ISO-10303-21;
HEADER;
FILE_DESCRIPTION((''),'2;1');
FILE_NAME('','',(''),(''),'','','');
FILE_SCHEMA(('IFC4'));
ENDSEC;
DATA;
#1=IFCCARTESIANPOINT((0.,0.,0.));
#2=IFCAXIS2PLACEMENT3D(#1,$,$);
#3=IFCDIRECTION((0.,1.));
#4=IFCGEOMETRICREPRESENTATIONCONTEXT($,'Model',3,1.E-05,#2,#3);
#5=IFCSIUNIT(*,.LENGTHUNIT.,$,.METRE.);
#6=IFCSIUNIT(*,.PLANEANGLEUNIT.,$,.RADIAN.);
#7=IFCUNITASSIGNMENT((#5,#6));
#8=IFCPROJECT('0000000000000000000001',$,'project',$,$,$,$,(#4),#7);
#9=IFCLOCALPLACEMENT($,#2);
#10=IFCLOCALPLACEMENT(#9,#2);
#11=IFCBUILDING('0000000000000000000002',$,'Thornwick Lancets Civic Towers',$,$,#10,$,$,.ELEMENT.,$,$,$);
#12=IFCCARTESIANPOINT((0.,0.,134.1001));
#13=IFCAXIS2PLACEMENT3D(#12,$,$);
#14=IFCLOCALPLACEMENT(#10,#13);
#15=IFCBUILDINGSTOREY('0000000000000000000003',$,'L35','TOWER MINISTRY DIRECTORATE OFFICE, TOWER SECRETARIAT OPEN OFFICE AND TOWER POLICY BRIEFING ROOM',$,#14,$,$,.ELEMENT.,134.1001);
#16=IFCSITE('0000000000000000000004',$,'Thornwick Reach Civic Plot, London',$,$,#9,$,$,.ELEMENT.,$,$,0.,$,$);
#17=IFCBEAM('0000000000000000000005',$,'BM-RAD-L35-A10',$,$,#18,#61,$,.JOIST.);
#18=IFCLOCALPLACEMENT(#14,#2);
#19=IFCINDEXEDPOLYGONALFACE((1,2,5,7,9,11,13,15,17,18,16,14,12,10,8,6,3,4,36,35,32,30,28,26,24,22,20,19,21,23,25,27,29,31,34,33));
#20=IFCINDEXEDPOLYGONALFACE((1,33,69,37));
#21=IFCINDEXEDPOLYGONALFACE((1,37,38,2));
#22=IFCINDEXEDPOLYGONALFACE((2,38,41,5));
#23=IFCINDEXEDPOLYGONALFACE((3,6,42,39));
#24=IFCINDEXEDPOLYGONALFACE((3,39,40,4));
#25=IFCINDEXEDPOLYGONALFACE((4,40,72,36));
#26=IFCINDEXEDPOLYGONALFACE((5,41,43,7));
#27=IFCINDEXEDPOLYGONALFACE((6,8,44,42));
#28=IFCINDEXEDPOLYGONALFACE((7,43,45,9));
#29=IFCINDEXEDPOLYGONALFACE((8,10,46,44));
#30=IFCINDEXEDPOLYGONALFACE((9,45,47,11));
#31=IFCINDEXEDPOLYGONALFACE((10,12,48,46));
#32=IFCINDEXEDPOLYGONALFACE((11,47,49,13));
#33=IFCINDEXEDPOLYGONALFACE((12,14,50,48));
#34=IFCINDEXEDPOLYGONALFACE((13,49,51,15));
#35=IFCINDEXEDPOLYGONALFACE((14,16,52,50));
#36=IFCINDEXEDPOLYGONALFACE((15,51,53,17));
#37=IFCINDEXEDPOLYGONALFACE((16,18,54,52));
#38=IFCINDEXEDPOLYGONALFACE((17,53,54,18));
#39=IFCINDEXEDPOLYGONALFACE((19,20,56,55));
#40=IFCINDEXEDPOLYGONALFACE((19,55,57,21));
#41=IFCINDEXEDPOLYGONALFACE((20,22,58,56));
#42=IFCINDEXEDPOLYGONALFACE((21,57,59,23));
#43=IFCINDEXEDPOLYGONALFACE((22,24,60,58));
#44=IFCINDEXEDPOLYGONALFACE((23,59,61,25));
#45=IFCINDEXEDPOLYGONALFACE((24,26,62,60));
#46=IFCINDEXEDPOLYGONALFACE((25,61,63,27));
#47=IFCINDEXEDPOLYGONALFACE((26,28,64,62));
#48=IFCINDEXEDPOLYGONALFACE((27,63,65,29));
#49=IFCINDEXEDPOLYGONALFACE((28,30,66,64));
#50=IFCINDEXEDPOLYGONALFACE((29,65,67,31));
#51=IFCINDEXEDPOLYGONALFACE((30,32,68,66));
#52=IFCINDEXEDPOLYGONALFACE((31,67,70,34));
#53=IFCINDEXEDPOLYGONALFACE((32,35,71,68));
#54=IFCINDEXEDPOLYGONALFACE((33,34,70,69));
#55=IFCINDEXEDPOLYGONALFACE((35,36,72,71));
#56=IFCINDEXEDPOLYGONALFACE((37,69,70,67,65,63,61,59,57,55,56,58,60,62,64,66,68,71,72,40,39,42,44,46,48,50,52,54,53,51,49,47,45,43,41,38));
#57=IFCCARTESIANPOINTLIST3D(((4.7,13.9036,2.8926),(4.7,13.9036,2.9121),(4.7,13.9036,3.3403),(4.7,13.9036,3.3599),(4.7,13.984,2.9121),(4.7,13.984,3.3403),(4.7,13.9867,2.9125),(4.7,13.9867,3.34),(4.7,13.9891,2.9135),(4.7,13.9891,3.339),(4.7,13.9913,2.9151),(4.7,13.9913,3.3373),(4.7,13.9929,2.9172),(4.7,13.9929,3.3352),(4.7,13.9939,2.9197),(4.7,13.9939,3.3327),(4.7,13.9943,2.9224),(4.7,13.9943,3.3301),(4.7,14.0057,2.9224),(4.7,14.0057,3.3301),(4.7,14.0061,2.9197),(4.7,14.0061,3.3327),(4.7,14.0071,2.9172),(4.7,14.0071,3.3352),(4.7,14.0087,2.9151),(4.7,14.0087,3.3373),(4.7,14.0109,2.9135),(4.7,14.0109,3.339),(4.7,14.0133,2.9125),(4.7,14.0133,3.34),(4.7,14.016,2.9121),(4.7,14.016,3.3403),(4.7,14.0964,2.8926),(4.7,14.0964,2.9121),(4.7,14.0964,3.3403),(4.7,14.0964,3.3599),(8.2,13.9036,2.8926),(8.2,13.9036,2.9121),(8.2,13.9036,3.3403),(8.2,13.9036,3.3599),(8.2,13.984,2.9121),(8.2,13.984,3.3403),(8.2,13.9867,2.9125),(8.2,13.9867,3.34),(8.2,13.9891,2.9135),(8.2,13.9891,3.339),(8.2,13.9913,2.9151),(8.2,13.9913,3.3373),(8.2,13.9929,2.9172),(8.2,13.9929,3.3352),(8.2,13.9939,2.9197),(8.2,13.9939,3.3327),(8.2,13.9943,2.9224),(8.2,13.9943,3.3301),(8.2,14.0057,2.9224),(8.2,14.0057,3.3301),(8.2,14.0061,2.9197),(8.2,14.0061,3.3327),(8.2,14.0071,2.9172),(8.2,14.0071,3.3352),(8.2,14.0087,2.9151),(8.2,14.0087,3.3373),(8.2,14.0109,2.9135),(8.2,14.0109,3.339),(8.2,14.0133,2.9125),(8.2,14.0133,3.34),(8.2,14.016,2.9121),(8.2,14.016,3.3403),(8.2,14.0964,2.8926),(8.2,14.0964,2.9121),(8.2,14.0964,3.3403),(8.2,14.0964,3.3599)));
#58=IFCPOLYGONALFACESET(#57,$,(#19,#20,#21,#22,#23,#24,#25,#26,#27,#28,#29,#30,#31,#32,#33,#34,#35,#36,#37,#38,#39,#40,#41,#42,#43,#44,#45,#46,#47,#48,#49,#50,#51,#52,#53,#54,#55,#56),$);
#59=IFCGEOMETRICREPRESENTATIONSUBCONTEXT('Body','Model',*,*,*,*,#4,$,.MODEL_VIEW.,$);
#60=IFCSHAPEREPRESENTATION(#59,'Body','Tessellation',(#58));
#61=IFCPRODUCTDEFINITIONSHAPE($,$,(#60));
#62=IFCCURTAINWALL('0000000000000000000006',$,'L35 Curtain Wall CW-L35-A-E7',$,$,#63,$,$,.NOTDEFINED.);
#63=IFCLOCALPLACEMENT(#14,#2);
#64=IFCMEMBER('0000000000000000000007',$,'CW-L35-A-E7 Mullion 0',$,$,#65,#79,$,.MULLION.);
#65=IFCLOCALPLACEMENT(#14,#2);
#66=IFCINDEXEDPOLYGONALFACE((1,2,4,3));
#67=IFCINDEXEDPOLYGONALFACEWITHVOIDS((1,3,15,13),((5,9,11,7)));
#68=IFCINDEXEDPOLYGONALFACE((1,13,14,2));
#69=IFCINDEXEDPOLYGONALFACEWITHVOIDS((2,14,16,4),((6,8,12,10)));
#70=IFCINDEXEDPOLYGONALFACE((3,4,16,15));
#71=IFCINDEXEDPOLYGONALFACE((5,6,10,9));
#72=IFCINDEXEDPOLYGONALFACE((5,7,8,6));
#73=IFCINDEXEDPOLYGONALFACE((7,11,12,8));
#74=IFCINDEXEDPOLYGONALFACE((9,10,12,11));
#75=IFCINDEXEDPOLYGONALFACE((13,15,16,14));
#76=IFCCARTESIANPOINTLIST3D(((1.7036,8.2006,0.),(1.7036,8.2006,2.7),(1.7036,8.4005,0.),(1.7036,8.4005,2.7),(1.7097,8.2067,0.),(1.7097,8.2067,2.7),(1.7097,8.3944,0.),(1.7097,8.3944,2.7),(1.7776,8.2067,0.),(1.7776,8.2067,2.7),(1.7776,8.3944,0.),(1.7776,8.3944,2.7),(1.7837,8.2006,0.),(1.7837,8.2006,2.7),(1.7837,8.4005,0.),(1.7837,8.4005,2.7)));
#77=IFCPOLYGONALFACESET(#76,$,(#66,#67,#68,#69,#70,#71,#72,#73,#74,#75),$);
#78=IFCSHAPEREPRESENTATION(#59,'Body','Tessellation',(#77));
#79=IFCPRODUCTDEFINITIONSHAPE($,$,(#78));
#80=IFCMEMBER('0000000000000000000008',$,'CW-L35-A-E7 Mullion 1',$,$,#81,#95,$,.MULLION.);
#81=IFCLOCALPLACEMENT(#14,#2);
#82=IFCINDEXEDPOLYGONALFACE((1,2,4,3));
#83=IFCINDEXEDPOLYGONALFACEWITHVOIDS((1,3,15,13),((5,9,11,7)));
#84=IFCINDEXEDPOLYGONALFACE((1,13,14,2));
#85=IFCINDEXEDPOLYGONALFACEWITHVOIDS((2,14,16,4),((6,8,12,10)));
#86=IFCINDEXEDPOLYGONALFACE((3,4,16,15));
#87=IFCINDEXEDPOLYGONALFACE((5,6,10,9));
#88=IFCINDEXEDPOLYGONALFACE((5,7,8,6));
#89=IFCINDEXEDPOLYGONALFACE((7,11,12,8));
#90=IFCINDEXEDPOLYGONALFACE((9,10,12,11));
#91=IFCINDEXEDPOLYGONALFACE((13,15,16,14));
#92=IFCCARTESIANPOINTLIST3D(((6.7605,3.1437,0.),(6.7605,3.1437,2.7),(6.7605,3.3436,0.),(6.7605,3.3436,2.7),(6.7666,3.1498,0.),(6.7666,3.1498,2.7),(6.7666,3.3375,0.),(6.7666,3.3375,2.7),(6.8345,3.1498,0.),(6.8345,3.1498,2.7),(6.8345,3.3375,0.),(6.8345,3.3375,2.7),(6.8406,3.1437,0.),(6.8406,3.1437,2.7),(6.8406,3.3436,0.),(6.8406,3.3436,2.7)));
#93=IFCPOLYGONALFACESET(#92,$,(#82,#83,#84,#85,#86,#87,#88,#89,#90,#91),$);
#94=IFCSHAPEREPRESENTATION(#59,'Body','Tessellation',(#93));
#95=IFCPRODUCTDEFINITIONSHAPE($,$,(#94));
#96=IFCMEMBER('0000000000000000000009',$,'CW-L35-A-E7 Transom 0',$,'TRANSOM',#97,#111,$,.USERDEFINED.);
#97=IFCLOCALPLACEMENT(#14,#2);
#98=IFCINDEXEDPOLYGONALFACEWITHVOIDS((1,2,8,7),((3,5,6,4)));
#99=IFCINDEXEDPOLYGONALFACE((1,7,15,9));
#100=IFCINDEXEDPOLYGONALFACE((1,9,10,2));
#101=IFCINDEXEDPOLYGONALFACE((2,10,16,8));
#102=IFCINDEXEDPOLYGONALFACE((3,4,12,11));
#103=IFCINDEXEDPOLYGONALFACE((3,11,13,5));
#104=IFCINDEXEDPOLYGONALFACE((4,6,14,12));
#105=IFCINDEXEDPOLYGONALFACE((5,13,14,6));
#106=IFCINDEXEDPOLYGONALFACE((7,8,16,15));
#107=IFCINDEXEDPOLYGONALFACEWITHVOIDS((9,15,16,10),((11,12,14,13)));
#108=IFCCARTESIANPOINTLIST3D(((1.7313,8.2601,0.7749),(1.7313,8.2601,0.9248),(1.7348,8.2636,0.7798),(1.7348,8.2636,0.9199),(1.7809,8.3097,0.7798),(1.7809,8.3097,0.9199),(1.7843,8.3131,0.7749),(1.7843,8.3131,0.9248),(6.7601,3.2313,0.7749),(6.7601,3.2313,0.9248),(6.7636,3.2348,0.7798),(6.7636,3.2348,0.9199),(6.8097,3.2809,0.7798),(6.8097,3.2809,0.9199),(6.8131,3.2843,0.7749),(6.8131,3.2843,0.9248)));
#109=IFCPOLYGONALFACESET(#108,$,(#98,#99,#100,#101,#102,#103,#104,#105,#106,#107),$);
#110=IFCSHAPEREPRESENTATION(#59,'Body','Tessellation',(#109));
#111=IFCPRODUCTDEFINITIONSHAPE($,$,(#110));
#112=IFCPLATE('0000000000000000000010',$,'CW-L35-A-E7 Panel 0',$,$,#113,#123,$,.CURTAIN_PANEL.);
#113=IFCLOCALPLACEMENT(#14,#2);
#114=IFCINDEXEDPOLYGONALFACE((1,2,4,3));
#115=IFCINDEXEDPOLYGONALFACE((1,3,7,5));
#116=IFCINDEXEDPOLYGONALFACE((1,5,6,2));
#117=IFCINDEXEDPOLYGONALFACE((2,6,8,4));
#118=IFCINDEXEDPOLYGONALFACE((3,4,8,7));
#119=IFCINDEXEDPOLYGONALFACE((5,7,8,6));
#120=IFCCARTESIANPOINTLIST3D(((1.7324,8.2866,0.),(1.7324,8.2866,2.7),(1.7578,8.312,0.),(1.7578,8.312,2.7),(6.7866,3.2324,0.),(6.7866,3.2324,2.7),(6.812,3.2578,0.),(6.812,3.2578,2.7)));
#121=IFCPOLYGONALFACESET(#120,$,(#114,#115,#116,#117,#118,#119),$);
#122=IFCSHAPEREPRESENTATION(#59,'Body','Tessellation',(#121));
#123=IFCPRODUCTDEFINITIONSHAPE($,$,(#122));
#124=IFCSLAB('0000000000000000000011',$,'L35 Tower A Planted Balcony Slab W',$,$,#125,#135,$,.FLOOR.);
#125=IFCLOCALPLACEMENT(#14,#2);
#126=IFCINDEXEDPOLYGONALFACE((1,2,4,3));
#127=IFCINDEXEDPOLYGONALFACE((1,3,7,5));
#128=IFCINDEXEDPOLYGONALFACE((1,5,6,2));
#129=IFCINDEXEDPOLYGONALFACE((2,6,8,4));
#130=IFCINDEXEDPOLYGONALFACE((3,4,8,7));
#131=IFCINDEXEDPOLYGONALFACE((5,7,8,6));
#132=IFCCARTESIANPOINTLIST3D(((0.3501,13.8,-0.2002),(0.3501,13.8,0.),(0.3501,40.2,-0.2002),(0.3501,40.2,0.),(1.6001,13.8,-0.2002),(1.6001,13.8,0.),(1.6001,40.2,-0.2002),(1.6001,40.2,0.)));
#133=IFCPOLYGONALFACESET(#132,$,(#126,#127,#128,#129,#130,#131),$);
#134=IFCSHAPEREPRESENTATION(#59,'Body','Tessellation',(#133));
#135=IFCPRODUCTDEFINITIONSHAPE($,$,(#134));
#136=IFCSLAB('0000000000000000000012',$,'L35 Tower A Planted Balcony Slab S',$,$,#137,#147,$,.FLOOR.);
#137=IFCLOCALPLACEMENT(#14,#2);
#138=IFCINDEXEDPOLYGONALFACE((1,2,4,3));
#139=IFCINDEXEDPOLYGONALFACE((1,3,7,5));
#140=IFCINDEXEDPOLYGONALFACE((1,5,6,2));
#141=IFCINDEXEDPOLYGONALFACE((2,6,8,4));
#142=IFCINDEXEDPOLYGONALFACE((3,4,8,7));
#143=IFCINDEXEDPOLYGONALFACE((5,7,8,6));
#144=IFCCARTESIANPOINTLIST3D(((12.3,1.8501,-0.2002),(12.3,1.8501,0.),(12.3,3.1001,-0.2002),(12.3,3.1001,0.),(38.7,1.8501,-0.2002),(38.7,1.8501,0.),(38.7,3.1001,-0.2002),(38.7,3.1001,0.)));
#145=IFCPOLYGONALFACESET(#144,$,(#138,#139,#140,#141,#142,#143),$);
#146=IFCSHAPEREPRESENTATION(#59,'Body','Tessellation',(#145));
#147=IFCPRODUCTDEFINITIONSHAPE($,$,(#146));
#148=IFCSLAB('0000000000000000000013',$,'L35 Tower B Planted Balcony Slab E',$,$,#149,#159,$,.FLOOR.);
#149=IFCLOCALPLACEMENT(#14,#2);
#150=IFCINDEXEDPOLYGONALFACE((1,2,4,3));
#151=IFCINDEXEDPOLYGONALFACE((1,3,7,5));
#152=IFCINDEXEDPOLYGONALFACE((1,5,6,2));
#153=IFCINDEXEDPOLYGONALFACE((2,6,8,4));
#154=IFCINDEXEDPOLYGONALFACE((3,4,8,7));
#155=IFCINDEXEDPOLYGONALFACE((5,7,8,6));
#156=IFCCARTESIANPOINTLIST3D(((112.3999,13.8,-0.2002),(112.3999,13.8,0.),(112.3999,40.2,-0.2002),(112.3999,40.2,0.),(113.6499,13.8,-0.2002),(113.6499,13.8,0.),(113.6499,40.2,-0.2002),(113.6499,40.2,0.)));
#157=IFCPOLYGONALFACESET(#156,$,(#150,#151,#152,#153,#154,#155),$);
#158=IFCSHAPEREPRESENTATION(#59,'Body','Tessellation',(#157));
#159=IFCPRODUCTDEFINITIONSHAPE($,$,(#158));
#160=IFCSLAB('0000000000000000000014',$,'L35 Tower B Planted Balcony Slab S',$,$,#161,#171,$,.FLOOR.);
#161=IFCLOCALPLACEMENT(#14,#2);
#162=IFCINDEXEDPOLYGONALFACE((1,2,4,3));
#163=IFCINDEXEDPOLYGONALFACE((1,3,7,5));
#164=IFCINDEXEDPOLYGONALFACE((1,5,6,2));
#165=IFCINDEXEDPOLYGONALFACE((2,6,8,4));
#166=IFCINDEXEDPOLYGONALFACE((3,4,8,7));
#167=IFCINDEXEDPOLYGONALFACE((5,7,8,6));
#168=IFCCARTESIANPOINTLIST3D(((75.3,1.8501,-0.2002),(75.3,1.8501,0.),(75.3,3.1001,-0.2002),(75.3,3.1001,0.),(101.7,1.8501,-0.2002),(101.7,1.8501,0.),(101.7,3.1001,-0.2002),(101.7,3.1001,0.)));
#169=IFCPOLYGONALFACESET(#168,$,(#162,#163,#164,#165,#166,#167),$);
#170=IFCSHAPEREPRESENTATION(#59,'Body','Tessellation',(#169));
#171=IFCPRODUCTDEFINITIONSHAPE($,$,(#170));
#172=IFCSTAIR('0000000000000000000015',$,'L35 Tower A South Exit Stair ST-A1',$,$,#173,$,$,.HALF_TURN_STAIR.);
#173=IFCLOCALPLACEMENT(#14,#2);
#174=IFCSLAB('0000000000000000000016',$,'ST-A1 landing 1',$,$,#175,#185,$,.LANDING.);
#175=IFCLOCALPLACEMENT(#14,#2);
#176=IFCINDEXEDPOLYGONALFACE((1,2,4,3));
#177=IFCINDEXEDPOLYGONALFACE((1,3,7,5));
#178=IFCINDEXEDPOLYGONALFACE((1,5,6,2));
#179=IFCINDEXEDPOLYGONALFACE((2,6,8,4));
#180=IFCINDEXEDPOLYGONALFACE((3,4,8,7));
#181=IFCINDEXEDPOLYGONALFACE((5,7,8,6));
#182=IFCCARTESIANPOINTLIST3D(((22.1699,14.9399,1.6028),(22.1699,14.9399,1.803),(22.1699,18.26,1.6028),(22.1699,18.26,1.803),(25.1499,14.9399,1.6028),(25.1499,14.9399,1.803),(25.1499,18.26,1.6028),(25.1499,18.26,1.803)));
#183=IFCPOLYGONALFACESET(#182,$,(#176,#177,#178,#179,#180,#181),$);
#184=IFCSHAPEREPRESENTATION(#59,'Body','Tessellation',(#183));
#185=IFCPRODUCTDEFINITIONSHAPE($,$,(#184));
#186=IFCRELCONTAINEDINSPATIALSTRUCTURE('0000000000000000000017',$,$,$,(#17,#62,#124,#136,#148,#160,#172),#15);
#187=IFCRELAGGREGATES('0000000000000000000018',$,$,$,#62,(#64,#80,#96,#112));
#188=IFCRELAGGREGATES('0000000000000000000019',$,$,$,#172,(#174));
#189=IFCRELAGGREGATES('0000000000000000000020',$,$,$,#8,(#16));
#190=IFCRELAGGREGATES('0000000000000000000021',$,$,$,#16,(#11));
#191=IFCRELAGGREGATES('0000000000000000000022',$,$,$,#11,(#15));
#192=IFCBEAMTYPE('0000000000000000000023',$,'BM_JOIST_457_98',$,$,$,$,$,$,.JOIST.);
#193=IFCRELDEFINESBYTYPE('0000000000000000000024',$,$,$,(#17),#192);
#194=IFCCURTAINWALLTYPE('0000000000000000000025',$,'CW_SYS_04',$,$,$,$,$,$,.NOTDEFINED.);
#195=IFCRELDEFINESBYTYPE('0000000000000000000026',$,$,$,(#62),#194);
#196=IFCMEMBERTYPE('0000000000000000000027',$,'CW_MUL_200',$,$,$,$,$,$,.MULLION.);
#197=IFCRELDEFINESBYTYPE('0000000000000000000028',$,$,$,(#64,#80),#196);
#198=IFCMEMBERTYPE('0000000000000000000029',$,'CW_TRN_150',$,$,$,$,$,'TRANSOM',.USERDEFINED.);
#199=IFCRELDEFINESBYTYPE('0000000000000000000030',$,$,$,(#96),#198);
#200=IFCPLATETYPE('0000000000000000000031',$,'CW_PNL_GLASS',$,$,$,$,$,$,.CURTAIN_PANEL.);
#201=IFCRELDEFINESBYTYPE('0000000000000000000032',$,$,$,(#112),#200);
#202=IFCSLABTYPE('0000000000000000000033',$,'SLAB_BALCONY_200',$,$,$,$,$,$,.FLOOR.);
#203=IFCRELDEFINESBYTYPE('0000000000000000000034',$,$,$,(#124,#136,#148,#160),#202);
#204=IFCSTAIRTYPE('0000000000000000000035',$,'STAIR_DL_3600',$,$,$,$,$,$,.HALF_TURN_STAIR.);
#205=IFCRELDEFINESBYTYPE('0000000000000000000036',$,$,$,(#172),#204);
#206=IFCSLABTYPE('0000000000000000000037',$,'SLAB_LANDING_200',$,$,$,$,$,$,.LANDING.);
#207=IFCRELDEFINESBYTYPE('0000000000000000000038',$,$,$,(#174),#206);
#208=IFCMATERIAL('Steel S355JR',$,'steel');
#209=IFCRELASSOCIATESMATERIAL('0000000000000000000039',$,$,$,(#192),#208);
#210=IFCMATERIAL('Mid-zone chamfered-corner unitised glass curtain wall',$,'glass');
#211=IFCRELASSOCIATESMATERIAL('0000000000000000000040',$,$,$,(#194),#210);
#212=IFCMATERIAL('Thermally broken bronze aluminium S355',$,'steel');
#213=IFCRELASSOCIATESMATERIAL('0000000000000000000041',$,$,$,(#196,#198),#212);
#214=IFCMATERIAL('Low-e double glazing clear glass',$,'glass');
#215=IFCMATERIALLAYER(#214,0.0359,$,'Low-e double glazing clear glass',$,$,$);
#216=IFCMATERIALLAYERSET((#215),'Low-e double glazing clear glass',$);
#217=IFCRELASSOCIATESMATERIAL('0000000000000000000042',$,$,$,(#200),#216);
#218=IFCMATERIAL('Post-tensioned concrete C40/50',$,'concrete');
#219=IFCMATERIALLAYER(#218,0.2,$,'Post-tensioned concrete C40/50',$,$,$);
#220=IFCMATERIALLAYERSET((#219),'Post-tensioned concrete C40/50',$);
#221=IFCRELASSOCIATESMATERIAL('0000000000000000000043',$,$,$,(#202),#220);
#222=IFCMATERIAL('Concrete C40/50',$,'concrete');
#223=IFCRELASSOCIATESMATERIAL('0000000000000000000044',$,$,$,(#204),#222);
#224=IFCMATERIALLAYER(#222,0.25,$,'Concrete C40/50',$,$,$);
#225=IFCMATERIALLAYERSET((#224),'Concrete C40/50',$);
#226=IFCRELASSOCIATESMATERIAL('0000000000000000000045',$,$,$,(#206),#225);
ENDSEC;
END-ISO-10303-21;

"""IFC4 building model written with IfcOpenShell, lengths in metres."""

from ifc_helpers import new_model, si_unit, direction, frame, origin, origin_2d, place, context, subcontext, project, spatial, polyline, rectangle, hollow_rectangle, i_section, outline, extrude, material, layer, layer_set, material_profile, profile_set, type_object, element, aggregate, save


model = new_model("IFC4")

# Units and contexts
model_context = context("Model", 3, precision=1e-05, world=origin(), true_north=direction((0.0, 1.0)))
body_context = subcontext(model_context, "Body", "Model", "MODEL_VIEW")
ifc_project = project(units=[si_unit("LENGTHUNIT", "METRE"), si_unit("PLANEANGLEUNIT", "RADIAN")], contexts=[model_context])

# Site, building, storey
site_placement = place(None, origin())
site = spatial("IfcSite", under=ifc_project, at=site_placement, Name="Thornwick Reach Civic Plot, London", CompositionType="ELEMENT", RefElevation=0.0)
building_placement = place(site_placement, origin())
building = spatial("IfcBuilding", under=site, at=building_placement, Name="Thornwick Lancets Civic Towers", CompositionType="ELEMENT")
storey_placement = place(building_placement, frame((0.0, 0.0, 134.1001)))
storey = spatial("IfcBuildingStorey", under=building, at=storey_placement, Name="L35", Description="TOWER MINISTRY DIRECTORATE OFFICE, TOWER SECRETARIAT OPEN OFFICE AND TOWER POLICY BRIEFING ROOM", CompositionType="ELEMENT", Elevation=134.1001)

# Beam
ifc_material_1 = material(Name="Steel S355JR", Category="steel")
ifc_material_profile_1 = material_profile(ifc_material_1, i_section(OverallWidth=0.1929, OverallDepth=0.4673, WebThickness=0.0115, FlangeThickness=0.0195, FilletRadius=0.0103, at=origin_2d()), Name="UKB 457x191x98")
ifc_profile_set_1 = profile_set([ifc_material_profile_1], Name="Steel S355JR")
beam_type_1 = type_object("IfcBeamType", Name="BM_JOIST_457_98", PredefinedType="JOIST", material=ifc_profile_set_1)
for number, where, z_axis, x_axis, name in (
    (1, (8.2, 14.0, 3.1262), (-1.0, 0.0, 0.0), (0.0, -1.0, 0.0), "BM-RAD-L35-A10"),
):
    element("IfcBeam", number, at=place(storey_placement, frame(where, z_axis=z_axis, x_axis=x_axis)), inside=storey, type_object=beam_type_1, Name=name, PredefinedType="JOIST", context=body_context, shape_type="SweptSolid", body=[
        extrude(i_section(OverallWidth=0.1929, OverallDepth=0.4673, WebThickness=0.0115, FlangeThickness=0.0195, FilletRadius=0.0103, at=origin_2d()), origin(), (0.0, 0.0, 1.0), 3.5),
    ])

# Curtain wall, members, plate
ifc_material_2 = material(Name="Mid-zone chamfered-corner unitised glass curtain wall", Category="glass")
curtain_wall_type = type_object("IfcCurtainWallType", Name="CW_SYS_04", PredefinedType="NOTDEFINED", material=ifc_material_2)
curtain_wall_placement = place(storey_placement, origin())
curtain_wall = element("IfcCurtainWall", 2, at=curtain_wall_placement, inside=storey, type_object=curtain_wall_type, Name="L35 Curtain Wall CW-L35-A-E7", PredefinedType="NOTDEFINED")
ifc_material_3 = material(Name="Thermally broken bronze aluminium S355", Category="steel")
ifc_material_profile_2 = material_profile(ifc_material_3, hollow_rectangle(XDim=0.0801, YDim=0.2, WallThickness=0.0061, at=origin_2d()), Name="RHS 200x80x6")
ifc_profile_set_2 = profile_set([ifc_material_profile_2], Name="Thermally broken bronze aluminium S355")
member_type_1 = type_object("IfcMemberType", Name="CW_MUL_200", PredefinedType="MULLION", material=ifc_profile_set_2)
member_1_placement = place(storey_placement, frame((1.7437, 8.3005, 0.0), z_axis=(0.0, 0.0, 1.0), x_axis=(1.0, 0.0, 0.0)))
member_1 = element("IfcMember", 3, at=member_1_placement, type_object=member_type_1, Name="CW-L35-A-E7 Mullion 0", PredefinedType="MULLION", context=body_context, shape_type="SweptSolid", body=[
    extrude(hollow_rectangle(XDim=0.0801, YDim=0.2, WallThickness=0.0061, at=origin_2d()), origin(), (0.0, 0.0, 1.0), 2.7),
])
member_2_placement = place(storey_placement, frame((6.8005, 3.2437, 0.0), z_axis=(0.0, 0.0, 1.0), x_axis=(1.0, 0.0, 0.0)))
member_2 = element("IfcMember", 4, at=member_2_placement, type_object=member_type_1, Name="CW-L35-A-E7 Mullion 1", PredefinedType="MULLION", context=body_context, shape_type="SweptSolid", body=[
    extrude(hollow_rectangle(XDim=0.0801, YDim=0.2, WallThickness=0.0061, at=origin_2d()), origin(), (0.0, 0.0, 1.0), 2.7),
])
ifc_material_profile_3 = material_profile(ifc_material_3, hollow_rectangle(XDim=0.075, YDim=0.1499, WallThickness=0.0049, at=origin_2d()), Name="RHS 150x75x5")
ifc_profile_set_3 = profile_set([ifc_material_profile_3], Name="Thermally broken bronze aluminium S355")
member_type_2 = type_object("IfcMemberType", Name="CW_TRN_150", ElementType="TRANSOM", PredefinedType="USERDEFINED", material=ifc_profile_set_3)
member_3_placement = place(storey_placement, frame((1.7578, 8.2866, 0.8499), z_axis=(0.707107, -0.707107, 0.0), x_axis=(0.707107, 0.707107, 0.0)))
member_3 = element("IfcMember", 5, at=member_3_placement, type_object=member_type_2, Name="CW-L35-A-E7 Transom 0", ObjectType="TRANSOM", PredefinedType="USERDEFINED", context=body_context, shape_type="SweptSolid", body=[
    extrude(hollow_rectangle(XDim=0.075, YDim=0.1499, WallThickness=0.0049, at=origin_2d()), origin(), (0.0, 0.0, 1.0), 7.1118),
])
ifc_material_4 = material(Name="Low-e double glazing clear glass", Category="glass")
ifc_layer_1 = layer(ifc_material_4, 0.0359, Name="Low-e double glazing clear glass")
ifc_layer_set_1 = layer_set([ifc_layer_1], Name="Low-e double glazing clear glass")
plate_type = type_object("IfcPlateType", Name="CW_PNL_GLASS", PredefinedType="CURTAIN_PANEL", material=ifc_layer_set_1)
plate_placement = place(storey_placement, frame((4.2722, 5.7722, 0.0), z_axis=(0.0, 0.0, 1.0), x_axis=(0.707107, -0.707107, 0.0)))
plate = element("IfcPlate", 6, at=plate_placement, type_object=plate_type, Name="CW-L35-A-E7 Panel 0", PredefinedType="CURTAIN_PANEL", context=body_context, shape_type="SweptSolid", body=[
    extrude(rectangle(XDim=7.1477, YDim=0.0359, at=origin_2d()), origin(), (0.0, 0.0, 1.0), 2.7),
])
aggregate(curtain_wall, [member_1, member_2, member_3, plate])

# Slabs
ifc_material_5 = material(Name="Post-tensioned concrete C40/50", Category="concrete")
ifc_layer_2 = layer(ifc_material_5, 0.2, Name="Post-tensioned concrete C40/50")
ifc_layer_set_2 = layer_set([ifc_layer_2], Name="Post-tensioned concrete C40/50")
slab_type_1 = type_object("IfcSlabType", Name="SLAB_BALCONY_200", PredefinedType="FLOOR", material=ifc_layer_set_2)
slab_1_placement = place(storey_placement, frame((0.0, 0.0, -0.2002)))
element("IfcSlab", 7, at=slab_1_placement, inside=storey, type_object=slab_type_1, Name="L35 Tower A Planted Balcony Slab W", PredefinedType="FLOOR", context=body_context, shape_type="SweptSolid", body=[
    extrude(outline(polyline([(0.3501, 13.8), (1.6001, 13.8), (1.6001, 40.2), (0.3501, 40.2), (0.3501, 13.8)])), origin(), (0.0, 0.0, 1.0), 0.2002),
])
slab_2_placement = place(storey_placement, frame((0.0, 0.0, -0.2002)))
element("IfcSlab", 8, at=slab_2_placement, inside=storey, type_object=slab_type_1, Name="L35 Tower A Planted Balcony Slab S", PredefinedType="FLOOR", context=body_context, shape_type="SweptSolid", body=[
    extrude(outline(polyline([(12.3, 1.8501), (38.7, 1.8501), (38.7, 3.1001), (12.3, 3.1001), (12.3, 1.8501)])), origin(), (0.0, 0.0, 1.0), 0.2002),
])
slab_3_placement = place(storey_placement, frame((0.0, 0.0, -0.2002)))
element("IfcSlab", 9, at=slab_3_placement, inside=storey, type_object=slab_type_1, Name="L35 Tower B Planted Balcony Slab E", PredefinedType="FLOOR", context=body_context, shape_type="SweptSolid", body=[
    extrude(outline(polyline([(112.3999, 13.8), (113.6499, 13.8), (113.6499, 40.2), (112.3999, 40.2), (112.3999, 13.8)])), origin(), (0.0, 0.0, 1.0), 0.2002),
])
slab_4_placement = place(storey_placement, frame((0.0, 0.0, -0.2002)))
element("IfcSlab", 10, at=slab_4_placement, inside=storey, type_object=slab_type_1, Name="L35 Tower B Planted Balcony Slab S", PredefinedType="FLOOR", context=body_context, shape_type="SweptSolid", body=[
    extrude(outline(polyline([(75.3, 1.8501), (101.7, 1.8501), (101.7, 3.1001), (75.3, 3.1001), (75.3, 1.8501)])), origin(), (0.0, 0.0, 1.0), 0.2002),
])

# Stair, slab
ifc_material_6 = material(Name="Concrete C40/50", Category="concrete")
stair_type = type_object("IfcStairType", Name="STAIR_DL_3600", PredefinedType="HALF_TURN_STAIR", material=ifc_material_6)
stair_1_placement = place(storey_placement, origin())
stair_1 = element("IfcStair", 11, at=stair_1_placement, inside=storey, type_object=stair_type, Name="L35 Tower A South Exit Stair ST-A1", PredefinedType="HALF_TURN_STAIR")
ifc_layer_3 = layer(ifc_material_6, 0.25, Name="Concrete C40/50")
ifc_layer_set_3 = layer_set([ifc_layer_3], Name="Concrete C40/50")
slab_type_2 = type_object("IfcSlabType", Name="SLAB_LANDING_200", PredefinedType="LANDING", material=ifc_layer_set_3)
slab_5_placement = place(storey_placement, frame((0.0, 0.0, 1.6028)))
slab_5 = element("IfcSlab", 12, at=slab_5_placement, type_object=slab_type_2, Name="ST-A1 landing 1", PredefinedType="LANDING", context=body_context, shape_type="SweptSolid", body=[
    extrude(outline(polyline([(22.1699, 14.9399), (25.1499, 14.9399), (25.1499, 18.26), (22.1699, 18.26), (22.1699, 14.9399)])), origin(), (0.0, 0.0, 1.0), 0.2002),
])
aggregate(stair_1, [slab_5])

save(model, "model.ifc")
